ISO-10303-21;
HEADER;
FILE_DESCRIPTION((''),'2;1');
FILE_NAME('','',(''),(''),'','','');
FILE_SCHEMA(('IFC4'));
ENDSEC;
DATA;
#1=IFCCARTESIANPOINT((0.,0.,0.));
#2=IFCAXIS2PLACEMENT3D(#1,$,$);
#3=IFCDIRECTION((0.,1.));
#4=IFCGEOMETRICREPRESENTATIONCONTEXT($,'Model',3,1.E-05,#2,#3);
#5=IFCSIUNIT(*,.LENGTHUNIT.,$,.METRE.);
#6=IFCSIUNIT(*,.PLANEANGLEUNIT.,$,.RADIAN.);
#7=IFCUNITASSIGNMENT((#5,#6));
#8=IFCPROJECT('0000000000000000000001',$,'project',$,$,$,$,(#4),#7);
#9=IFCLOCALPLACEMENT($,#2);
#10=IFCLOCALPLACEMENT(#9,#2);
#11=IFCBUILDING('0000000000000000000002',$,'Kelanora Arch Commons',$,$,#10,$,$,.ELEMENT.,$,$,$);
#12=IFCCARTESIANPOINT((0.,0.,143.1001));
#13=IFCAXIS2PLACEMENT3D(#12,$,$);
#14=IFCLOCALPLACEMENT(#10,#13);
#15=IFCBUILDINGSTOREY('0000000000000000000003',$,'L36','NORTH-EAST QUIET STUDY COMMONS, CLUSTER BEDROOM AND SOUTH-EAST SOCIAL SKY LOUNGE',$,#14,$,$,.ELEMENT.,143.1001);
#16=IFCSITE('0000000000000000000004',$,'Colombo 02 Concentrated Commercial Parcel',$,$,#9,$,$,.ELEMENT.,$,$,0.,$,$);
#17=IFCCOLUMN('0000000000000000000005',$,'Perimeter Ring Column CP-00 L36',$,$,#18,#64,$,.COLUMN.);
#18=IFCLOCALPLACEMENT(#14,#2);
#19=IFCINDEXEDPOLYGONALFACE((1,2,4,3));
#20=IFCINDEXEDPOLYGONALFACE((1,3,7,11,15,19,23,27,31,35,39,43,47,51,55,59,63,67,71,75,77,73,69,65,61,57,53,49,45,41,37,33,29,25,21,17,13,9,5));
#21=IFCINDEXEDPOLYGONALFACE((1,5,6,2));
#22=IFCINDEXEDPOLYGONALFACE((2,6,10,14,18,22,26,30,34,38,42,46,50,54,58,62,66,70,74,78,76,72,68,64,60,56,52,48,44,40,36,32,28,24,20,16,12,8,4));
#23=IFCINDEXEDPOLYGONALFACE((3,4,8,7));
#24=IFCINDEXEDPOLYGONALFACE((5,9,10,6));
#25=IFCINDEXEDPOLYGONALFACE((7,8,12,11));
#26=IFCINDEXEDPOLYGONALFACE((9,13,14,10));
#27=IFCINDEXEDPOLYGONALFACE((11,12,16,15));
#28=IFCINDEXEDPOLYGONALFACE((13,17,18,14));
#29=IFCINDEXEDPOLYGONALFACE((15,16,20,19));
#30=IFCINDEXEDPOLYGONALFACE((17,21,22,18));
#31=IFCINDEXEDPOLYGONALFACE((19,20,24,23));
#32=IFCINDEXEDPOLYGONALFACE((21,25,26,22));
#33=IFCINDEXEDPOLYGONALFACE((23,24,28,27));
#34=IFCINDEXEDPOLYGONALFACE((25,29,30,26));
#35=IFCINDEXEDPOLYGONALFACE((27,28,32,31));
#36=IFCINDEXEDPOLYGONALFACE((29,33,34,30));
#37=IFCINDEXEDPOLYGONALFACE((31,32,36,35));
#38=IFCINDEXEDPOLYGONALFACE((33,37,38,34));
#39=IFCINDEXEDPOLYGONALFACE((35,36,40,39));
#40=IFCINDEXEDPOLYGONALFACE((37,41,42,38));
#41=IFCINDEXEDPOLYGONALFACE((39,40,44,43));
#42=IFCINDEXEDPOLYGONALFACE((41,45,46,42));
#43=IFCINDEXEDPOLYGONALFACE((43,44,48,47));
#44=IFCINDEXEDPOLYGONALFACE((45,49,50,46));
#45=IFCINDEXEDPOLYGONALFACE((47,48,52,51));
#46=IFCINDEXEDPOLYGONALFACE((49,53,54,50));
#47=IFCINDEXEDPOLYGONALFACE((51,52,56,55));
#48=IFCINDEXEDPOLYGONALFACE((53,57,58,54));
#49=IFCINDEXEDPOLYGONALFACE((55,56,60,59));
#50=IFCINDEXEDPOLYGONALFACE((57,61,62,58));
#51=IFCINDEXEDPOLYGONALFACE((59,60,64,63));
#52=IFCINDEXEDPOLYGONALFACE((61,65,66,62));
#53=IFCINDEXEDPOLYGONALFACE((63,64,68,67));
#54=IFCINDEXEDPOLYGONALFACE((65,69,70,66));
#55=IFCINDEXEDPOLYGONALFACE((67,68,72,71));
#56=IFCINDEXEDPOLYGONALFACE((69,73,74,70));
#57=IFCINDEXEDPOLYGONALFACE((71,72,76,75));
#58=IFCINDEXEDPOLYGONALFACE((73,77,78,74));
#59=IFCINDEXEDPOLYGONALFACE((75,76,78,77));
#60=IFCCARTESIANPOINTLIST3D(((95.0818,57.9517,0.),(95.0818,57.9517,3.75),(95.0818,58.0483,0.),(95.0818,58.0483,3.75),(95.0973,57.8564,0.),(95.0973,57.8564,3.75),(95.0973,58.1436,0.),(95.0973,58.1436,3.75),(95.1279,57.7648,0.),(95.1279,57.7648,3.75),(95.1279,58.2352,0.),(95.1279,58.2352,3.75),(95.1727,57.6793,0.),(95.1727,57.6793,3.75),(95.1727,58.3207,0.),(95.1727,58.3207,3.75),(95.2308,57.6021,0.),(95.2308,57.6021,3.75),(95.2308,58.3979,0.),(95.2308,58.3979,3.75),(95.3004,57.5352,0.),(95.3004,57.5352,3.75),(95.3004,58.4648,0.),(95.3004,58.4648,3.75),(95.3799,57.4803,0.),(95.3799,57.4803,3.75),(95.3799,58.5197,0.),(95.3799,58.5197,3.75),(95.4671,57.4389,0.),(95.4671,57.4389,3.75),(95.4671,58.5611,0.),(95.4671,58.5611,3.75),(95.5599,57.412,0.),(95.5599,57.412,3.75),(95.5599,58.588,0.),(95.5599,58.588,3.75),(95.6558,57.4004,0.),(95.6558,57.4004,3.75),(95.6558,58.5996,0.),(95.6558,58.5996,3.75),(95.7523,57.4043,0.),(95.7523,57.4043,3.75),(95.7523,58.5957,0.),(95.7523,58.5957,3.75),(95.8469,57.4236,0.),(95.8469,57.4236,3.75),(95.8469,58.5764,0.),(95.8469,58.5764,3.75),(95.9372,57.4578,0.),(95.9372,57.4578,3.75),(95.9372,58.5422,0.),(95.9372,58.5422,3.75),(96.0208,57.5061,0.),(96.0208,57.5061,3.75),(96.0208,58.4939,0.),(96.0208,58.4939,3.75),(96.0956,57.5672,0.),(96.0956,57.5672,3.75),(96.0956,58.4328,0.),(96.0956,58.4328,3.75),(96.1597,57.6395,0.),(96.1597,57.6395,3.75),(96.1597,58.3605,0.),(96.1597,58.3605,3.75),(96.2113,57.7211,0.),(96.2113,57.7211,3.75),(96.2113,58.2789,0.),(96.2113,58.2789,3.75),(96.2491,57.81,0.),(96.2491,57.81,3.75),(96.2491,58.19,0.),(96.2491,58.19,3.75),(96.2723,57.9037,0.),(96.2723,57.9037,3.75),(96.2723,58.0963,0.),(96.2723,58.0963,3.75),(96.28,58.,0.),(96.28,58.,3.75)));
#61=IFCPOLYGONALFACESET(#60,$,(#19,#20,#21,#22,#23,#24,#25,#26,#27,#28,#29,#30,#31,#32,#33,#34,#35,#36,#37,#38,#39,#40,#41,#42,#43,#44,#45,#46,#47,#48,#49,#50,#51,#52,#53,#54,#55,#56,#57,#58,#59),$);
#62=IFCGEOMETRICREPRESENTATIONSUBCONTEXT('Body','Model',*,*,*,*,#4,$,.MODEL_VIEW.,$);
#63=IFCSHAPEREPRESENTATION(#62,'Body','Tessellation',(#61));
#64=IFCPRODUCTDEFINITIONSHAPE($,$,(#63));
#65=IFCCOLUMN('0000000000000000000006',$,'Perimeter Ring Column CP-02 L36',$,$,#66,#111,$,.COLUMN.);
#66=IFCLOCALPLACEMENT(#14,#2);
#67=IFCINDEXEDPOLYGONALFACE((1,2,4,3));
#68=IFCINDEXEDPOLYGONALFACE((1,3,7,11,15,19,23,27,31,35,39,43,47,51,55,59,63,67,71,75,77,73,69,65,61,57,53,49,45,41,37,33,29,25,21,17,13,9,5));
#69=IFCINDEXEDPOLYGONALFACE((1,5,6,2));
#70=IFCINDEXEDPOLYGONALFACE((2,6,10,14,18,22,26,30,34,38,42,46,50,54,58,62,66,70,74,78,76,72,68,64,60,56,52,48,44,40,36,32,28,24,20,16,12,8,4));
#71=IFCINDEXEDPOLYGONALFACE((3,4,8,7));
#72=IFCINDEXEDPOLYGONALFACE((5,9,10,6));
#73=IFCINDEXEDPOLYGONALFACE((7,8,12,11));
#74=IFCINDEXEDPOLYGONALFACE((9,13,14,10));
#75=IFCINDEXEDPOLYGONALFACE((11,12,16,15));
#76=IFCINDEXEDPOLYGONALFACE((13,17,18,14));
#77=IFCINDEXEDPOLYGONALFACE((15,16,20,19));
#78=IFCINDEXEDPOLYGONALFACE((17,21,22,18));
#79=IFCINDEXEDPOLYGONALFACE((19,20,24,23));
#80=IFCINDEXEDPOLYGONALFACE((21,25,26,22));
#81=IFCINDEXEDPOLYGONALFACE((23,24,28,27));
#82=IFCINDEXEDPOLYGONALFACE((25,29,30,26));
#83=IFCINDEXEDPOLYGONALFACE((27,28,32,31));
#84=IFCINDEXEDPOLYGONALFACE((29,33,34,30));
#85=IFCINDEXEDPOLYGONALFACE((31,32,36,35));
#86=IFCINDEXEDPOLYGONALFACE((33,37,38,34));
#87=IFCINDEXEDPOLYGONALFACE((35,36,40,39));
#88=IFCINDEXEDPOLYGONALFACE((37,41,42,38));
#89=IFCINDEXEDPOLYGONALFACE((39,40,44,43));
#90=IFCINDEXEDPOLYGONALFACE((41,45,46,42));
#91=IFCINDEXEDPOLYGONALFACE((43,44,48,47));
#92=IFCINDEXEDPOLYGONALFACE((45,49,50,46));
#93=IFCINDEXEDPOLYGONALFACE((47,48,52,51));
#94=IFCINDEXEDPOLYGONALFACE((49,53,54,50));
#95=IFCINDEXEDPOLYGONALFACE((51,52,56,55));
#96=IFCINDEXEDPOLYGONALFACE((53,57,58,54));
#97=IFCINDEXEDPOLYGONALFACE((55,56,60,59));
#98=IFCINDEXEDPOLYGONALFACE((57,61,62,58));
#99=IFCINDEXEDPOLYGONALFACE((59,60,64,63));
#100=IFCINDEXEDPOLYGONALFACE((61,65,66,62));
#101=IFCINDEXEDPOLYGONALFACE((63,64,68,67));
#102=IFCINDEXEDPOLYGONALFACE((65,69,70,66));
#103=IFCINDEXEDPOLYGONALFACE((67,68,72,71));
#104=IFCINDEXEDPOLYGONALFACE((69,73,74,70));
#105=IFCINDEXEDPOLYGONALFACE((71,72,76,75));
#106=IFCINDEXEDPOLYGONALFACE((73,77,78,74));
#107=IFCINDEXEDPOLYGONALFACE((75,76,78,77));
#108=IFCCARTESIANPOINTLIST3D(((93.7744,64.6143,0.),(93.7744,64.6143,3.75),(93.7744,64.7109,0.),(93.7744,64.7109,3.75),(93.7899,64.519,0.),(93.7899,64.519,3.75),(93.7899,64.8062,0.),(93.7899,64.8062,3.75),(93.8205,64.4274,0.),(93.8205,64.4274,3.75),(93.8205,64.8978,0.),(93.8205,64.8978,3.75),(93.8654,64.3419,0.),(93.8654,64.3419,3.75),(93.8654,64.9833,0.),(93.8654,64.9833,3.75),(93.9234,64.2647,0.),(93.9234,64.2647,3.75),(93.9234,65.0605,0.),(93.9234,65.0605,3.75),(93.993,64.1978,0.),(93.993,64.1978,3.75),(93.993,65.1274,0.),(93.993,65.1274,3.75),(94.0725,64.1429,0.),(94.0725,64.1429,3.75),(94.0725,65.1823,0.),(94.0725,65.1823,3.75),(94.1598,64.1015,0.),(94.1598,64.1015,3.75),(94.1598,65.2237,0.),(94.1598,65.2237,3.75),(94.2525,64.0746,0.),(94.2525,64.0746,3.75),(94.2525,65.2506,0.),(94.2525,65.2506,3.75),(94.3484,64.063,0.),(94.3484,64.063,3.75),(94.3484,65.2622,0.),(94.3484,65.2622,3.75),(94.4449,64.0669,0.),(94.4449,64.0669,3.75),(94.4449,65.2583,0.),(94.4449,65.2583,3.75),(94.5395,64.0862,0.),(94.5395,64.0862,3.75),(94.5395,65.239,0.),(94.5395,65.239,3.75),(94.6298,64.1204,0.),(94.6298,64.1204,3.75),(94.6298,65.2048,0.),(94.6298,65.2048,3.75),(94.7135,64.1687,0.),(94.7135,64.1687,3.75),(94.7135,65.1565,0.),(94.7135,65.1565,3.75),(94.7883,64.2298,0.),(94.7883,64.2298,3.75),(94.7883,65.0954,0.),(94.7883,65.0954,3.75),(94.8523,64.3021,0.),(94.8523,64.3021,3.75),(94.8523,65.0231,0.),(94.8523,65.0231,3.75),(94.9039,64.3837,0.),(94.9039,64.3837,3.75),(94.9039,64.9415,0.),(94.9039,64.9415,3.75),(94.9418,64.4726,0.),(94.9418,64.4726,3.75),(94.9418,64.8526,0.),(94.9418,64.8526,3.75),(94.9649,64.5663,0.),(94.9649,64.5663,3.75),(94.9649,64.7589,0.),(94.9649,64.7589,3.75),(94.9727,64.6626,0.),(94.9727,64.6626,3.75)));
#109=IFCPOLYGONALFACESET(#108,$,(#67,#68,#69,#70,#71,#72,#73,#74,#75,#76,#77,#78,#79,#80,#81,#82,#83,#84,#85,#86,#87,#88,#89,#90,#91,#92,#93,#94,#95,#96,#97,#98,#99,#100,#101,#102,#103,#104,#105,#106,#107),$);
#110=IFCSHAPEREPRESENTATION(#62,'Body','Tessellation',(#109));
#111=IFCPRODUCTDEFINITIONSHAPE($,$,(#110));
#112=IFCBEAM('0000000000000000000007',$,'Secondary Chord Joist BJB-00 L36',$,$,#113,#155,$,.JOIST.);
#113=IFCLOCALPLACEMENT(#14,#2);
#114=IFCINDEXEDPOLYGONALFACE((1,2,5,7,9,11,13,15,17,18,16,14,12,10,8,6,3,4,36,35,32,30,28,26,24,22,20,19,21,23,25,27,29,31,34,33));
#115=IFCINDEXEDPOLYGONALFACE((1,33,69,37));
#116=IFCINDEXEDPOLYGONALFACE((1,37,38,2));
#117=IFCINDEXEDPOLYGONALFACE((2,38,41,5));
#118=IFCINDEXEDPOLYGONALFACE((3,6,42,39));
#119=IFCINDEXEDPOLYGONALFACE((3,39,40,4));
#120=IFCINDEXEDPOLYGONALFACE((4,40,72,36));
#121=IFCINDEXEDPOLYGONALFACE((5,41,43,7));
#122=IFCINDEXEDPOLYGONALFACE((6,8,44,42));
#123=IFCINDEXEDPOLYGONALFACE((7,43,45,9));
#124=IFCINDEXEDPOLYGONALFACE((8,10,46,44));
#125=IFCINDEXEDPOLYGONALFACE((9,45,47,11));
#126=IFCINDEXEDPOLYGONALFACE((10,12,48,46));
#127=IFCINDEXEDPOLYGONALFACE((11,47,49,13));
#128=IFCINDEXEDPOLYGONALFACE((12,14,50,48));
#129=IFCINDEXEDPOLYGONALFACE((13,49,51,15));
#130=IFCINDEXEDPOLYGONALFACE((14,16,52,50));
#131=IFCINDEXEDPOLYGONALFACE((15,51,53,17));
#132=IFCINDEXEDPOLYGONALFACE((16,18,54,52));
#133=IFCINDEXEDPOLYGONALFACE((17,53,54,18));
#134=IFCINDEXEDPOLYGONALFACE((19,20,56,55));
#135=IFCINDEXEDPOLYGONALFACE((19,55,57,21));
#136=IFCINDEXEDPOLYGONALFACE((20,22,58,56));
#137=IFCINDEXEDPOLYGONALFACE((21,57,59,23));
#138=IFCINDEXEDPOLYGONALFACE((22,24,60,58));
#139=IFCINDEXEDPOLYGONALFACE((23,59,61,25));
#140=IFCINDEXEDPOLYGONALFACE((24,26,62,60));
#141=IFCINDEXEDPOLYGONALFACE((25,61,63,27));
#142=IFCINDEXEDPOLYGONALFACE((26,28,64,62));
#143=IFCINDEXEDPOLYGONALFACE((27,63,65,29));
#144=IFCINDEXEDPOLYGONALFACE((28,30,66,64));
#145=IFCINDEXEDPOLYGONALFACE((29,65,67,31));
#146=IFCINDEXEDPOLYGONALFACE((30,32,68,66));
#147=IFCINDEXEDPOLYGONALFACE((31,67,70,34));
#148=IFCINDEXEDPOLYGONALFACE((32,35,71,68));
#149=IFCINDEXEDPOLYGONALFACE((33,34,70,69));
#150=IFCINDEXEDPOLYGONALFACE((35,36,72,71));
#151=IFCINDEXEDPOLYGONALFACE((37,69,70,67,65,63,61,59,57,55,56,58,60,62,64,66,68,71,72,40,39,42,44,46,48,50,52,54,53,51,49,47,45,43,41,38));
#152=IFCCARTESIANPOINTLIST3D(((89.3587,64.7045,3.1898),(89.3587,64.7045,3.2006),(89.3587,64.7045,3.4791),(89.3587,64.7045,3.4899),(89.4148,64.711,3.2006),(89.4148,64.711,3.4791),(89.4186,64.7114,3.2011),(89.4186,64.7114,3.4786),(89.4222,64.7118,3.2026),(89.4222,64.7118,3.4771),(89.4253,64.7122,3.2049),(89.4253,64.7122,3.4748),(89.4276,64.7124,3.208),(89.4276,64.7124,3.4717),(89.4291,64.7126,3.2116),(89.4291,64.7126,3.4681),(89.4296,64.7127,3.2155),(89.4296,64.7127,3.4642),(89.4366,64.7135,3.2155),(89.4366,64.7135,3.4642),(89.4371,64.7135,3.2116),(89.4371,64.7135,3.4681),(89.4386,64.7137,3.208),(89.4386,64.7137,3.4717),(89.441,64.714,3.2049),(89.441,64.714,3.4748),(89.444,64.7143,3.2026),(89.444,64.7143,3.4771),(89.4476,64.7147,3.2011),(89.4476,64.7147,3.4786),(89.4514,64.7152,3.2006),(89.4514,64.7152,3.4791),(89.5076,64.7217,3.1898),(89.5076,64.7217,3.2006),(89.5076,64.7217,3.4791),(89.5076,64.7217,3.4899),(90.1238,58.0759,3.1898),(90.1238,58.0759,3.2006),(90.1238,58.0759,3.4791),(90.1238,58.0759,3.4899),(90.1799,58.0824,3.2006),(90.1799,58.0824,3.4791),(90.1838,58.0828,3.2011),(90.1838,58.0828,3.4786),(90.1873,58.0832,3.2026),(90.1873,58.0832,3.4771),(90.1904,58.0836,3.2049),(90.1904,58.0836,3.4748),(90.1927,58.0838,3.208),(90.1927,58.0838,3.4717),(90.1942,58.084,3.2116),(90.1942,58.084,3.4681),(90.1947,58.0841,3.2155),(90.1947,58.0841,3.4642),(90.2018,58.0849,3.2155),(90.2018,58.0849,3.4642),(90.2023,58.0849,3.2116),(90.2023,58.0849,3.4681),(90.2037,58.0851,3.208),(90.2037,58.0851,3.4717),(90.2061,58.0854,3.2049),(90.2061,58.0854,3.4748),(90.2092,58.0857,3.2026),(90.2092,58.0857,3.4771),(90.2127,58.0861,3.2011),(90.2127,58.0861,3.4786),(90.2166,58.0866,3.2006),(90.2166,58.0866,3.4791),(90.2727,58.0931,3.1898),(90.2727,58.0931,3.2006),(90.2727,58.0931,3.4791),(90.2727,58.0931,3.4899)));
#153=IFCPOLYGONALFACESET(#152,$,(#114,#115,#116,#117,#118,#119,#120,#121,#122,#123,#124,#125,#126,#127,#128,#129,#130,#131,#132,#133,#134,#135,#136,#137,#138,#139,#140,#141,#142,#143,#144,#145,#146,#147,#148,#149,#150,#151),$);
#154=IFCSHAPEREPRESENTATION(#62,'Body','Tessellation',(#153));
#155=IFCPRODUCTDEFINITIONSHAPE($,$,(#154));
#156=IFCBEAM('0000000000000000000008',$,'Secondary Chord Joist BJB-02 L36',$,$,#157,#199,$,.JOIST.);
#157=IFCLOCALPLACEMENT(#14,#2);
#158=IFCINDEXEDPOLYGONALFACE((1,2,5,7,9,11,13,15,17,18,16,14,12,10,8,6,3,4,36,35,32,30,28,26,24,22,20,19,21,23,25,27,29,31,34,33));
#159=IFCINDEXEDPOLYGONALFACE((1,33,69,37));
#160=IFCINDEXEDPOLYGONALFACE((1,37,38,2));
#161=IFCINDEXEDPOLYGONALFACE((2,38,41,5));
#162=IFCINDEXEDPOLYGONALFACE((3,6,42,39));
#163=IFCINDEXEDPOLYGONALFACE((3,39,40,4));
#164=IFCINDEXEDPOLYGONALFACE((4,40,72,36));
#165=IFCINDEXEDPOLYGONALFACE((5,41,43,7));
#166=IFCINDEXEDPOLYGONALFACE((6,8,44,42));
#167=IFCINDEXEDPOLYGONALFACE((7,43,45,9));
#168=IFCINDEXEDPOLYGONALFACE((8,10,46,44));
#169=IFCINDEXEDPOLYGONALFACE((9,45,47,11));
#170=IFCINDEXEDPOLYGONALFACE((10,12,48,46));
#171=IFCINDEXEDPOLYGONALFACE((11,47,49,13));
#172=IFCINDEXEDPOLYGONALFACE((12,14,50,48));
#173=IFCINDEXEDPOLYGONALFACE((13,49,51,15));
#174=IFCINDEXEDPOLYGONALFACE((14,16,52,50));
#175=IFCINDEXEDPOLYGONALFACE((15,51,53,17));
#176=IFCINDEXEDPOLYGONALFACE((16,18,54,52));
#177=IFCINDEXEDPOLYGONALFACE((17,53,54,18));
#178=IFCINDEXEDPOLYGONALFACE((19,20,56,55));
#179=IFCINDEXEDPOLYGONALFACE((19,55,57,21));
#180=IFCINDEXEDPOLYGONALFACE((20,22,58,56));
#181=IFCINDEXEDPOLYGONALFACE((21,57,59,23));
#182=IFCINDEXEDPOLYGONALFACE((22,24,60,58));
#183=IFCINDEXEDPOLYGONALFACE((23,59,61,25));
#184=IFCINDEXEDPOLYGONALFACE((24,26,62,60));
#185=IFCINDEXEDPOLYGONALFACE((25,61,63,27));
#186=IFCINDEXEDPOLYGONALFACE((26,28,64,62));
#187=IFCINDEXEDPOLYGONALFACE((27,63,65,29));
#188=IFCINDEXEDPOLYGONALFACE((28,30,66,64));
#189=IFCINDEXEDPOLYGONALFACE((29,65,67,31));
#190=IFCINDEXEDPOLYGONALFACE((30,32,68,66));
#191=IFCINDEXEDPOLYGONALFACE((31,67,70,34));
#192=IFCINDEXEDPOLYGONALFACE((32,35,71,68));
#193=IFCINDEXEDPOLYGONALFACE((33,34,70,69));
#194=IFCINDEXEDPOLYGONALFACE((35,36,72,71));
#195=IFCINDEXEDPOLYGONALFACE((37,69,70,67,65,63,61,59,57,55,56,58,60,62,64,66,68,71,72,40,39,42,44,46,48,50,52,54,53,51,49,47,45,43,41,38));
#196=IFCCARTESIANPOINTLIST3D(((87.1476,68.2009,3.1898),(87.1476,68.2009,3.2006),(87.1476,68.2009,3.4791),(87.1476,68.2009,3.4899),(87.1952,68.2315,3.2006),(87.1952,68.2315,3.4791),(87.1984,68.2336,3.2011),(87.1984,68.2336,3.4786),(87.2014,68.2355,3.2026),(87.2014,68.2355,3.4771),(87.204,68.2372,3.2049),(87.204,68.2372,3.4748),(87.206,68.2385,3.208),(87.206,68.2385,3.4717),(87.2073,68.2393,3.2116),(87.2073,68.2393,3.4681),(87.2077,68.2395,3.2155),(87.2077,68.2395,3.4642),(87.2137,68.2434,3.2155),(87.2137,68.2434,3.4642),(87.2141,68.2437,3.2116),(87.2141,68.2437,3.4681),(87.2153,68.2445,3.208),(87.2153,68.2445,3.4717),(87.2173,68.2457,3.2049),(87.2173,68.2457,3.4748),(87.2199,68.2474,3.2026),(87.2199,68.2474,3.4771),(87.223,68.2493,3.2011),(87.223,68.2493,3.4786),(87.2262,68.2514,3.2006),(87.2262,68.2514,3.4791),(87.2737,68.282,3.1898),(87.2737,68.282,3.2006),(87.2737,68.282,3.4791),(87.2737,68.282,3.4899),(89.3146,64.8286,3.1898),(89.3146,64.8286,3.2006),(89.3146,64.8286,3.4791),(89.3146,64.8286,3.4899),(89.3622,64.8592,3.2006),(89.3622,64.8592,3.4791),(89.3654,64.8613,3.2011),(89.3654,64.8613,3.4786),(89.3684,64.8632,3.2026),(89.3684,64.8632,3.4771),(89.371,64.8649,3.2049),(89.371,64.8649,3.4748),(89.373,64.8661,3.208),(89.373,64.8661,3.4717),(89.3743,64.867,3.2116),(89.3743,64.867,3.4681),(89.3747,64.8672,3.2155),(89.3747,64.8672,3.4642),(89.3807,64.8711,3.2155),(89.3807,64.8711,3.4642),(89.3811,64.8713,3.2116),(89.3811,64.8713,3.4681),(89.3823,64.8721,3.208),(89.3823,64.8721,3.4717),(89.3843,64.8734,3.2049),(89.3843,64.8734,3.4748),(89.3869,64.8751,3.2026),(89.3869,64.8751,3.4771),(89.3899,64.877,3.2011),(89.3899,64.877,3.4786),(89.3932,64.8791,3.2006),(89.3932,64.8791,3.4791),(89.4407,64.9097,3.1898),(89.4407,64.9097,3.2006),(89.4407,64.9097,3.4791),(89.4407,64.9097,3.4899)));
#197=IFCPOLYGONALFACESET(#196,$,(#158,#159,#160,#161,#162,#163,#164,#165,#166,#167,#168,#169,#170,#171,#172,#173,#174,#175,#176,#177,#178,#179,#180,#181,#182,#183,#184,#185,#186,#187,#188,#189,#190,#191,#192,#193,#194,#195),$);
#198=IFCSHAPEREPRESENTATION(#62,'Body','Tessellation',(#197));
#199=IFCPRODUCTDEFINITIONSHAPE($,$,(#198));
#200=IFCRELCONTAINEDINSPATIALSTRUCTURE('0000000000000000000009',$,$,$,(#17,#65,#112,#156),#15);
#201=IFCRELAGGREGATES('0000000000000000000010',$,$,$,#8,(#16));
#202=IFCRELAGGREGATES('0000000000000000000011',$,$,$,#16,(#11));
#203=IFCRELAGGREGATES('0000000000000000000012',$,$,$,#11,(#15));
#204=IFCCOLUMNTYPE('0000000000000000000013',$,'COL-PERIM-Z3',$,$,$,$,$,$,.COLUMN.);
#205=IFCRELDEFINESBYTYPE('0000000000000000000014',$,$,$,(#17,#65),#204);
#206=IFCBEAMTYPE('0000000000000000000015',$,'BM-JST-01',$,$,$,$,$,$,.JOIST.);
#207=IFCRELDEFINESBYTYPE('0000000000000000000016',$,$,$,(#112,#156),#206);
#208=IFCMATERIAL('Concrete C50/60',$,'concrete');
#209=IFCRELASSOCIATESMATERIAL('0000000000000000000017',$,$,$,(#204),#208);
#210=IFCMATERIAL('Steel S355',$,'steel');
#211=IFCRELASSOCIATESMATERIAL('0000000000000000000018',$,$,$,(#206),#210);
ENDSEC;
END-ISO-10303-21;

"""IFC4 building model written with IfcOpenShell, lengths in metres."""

from ifc_helpers import new_model, si_unit, direction, frame, origin, origin_2d, place, context, subcontext, project, spatial, circle, i_section, extrude, material, material_profile, profile_set, type_object, element, save


model = new_model("IFC4")

# Units and contexts
model_context = context("Model", 3, precision=1e-05, world=origin(), true_north=direction((0.0, 1.0)))
body_context = subcontext(model_context, "Body", "Model", "MODEL_VIEW")
ifc_project = project(units=[si_unit("LENGTHUNIT", "METRE"), si_unit("PLANEANGLEUNIT", "RADIAN")], contexts=[model_context])

# Site, building, storey
site_placement = place(None, origin())
site = spatial("IfcSite", under=ifc_project, at=site_placement, Name="Colombo 02 Concentrated Commercial Parcel", CompositionType="ELEMENT", RefElevation=0.0)
building_placement = place(site_placement, origin())
building = spatial("IfcBuilding", under=site, at=building_placement, Name="Kelanora Arch Commons", CompositionType="ELEMENT")
storey_placement = place(building_placement, frame((0.0, 0.0, 143.1001)))
storey = spatial("IfcBuildingStorey", under=building, at=storey_placement, Name="L36", Description="NORTH-EAST QUIET STUDY COMMONS, CLUSTER BEDROOM AND SOUTH-EAST SOCIAL SKY LOUNGE", CompositionType="ELEMENT", Elevation=143.1001)

# Columns
ifc_material_1 = material(Name="Concrete C50/60", Category="concrete")
ifc_material_profile_1 = material_profile(ifc_material_1, circle(Radius=0.6001, at=origin_2d()), Name="RCC1200")
ifc_profile_set_1 = profile_set([ifc_material_profile_1], Name="Concrete C50/60")
column_type = type_object("IfcColumnType", Name="COL-PERIM-Z3", PredefinedType="COLUMN", material=ifc_profile_set_1)
for number, where, z_axis, x_axis, name in (
    (1, (95.6799, 58.0, 0.0), (0.0, 0.0, 1.0), (1.0, 0.0, 0.0), "Perimeter Ring Column CP-00 L36"),
    (2, (94.3726, 64.6626, 0.0), (0.0, 0.0, 1.0), (1.0, 0.0, 0.0), "Perimeter Ring Column CP-02 L36"),
):
    element("IfcColumn", number, at=place(storey_placement, frame(where, z_axis=z_axis, x_axis=x_axis)), inside=storey, type_object=column_type, Name=name, PredefinedType="COLUMN", context=body_context, shape_type="SweptSolid", body=[
        extrude(circle(Radius=0.6001, at=origin_2d()), origin(), (0.0, 0.0, 1.0), 3.75),
    ])

# Beams
ifc_material_2 = material(Name="Steel S355", Category="steel")
ifc_material_profile_2 = material_profile(ifc_material_2, i_section(OverallWidth=0.1499, OverallDepth=0.3, WebThickness=0.0071, FlangeThickness=0.0107, FilletRadius=0.0149, at=origin_2d()), Name="IPE300")
ifc_profile_set_2 = profile_set([ifc_material_profile_2], Name="Steel S355")
beam_type_1 = type_object("IfcBeamType", Name="BM-JST-01", PredefinedType="JOIST", material=ifc_profile_set_2)
beam_1_placement = place(storey_placement, frame((90.1982, 58.0845, 3.3398), z_axis=(-0.114667, 0.993404, 0.0), x_axis=(-0.993404, -0.114667, 0.0)))
element("IfcBeam", 3, at=beam_1_placement, inside=storey, type_object=beam_type_1, Name="Secondary Chord Joist BJB-00 L36", PredefinedType="JOIST", context=body_context, shape_type="SweptSolid", body=[
    extrude(i_section(OverallWidth=0.1499, OverallDepth=0.3, WebThickness=0.0071, FlangeThickness=0.0107, FilletRadius=0.0149, at=origin_2d()), origin(), (0.0, 0.0, 1.0), 6.6726),
])
beam_2_placement = place(storey_placement, frame((89.3777, 64.8691, 3.3398), z_axis=(-0.540594, 0.841283, 0.0), x_axis=(-0.841283, -0.540594, 0.0)))
element("IfcBeam", 4, at=beam_2_placement, inside=storey, type_object=beam_type_1, Name="Secondary Chord Joist BJB-02 L36", PredefinedType="JOIST", context=body_context, shape_type="SweptSolid", body=[
    extrude(i_section(OverallWidth=0.1499, OverallDepth=0.3, WebThickness=0.0071, FlangeThickness=0.0107, FilletRadius=0.0149, at=origin_2d()), origin(), (0.0, 0.0, 1.0), 4.0085),
])

save(model, "model.ifc")
